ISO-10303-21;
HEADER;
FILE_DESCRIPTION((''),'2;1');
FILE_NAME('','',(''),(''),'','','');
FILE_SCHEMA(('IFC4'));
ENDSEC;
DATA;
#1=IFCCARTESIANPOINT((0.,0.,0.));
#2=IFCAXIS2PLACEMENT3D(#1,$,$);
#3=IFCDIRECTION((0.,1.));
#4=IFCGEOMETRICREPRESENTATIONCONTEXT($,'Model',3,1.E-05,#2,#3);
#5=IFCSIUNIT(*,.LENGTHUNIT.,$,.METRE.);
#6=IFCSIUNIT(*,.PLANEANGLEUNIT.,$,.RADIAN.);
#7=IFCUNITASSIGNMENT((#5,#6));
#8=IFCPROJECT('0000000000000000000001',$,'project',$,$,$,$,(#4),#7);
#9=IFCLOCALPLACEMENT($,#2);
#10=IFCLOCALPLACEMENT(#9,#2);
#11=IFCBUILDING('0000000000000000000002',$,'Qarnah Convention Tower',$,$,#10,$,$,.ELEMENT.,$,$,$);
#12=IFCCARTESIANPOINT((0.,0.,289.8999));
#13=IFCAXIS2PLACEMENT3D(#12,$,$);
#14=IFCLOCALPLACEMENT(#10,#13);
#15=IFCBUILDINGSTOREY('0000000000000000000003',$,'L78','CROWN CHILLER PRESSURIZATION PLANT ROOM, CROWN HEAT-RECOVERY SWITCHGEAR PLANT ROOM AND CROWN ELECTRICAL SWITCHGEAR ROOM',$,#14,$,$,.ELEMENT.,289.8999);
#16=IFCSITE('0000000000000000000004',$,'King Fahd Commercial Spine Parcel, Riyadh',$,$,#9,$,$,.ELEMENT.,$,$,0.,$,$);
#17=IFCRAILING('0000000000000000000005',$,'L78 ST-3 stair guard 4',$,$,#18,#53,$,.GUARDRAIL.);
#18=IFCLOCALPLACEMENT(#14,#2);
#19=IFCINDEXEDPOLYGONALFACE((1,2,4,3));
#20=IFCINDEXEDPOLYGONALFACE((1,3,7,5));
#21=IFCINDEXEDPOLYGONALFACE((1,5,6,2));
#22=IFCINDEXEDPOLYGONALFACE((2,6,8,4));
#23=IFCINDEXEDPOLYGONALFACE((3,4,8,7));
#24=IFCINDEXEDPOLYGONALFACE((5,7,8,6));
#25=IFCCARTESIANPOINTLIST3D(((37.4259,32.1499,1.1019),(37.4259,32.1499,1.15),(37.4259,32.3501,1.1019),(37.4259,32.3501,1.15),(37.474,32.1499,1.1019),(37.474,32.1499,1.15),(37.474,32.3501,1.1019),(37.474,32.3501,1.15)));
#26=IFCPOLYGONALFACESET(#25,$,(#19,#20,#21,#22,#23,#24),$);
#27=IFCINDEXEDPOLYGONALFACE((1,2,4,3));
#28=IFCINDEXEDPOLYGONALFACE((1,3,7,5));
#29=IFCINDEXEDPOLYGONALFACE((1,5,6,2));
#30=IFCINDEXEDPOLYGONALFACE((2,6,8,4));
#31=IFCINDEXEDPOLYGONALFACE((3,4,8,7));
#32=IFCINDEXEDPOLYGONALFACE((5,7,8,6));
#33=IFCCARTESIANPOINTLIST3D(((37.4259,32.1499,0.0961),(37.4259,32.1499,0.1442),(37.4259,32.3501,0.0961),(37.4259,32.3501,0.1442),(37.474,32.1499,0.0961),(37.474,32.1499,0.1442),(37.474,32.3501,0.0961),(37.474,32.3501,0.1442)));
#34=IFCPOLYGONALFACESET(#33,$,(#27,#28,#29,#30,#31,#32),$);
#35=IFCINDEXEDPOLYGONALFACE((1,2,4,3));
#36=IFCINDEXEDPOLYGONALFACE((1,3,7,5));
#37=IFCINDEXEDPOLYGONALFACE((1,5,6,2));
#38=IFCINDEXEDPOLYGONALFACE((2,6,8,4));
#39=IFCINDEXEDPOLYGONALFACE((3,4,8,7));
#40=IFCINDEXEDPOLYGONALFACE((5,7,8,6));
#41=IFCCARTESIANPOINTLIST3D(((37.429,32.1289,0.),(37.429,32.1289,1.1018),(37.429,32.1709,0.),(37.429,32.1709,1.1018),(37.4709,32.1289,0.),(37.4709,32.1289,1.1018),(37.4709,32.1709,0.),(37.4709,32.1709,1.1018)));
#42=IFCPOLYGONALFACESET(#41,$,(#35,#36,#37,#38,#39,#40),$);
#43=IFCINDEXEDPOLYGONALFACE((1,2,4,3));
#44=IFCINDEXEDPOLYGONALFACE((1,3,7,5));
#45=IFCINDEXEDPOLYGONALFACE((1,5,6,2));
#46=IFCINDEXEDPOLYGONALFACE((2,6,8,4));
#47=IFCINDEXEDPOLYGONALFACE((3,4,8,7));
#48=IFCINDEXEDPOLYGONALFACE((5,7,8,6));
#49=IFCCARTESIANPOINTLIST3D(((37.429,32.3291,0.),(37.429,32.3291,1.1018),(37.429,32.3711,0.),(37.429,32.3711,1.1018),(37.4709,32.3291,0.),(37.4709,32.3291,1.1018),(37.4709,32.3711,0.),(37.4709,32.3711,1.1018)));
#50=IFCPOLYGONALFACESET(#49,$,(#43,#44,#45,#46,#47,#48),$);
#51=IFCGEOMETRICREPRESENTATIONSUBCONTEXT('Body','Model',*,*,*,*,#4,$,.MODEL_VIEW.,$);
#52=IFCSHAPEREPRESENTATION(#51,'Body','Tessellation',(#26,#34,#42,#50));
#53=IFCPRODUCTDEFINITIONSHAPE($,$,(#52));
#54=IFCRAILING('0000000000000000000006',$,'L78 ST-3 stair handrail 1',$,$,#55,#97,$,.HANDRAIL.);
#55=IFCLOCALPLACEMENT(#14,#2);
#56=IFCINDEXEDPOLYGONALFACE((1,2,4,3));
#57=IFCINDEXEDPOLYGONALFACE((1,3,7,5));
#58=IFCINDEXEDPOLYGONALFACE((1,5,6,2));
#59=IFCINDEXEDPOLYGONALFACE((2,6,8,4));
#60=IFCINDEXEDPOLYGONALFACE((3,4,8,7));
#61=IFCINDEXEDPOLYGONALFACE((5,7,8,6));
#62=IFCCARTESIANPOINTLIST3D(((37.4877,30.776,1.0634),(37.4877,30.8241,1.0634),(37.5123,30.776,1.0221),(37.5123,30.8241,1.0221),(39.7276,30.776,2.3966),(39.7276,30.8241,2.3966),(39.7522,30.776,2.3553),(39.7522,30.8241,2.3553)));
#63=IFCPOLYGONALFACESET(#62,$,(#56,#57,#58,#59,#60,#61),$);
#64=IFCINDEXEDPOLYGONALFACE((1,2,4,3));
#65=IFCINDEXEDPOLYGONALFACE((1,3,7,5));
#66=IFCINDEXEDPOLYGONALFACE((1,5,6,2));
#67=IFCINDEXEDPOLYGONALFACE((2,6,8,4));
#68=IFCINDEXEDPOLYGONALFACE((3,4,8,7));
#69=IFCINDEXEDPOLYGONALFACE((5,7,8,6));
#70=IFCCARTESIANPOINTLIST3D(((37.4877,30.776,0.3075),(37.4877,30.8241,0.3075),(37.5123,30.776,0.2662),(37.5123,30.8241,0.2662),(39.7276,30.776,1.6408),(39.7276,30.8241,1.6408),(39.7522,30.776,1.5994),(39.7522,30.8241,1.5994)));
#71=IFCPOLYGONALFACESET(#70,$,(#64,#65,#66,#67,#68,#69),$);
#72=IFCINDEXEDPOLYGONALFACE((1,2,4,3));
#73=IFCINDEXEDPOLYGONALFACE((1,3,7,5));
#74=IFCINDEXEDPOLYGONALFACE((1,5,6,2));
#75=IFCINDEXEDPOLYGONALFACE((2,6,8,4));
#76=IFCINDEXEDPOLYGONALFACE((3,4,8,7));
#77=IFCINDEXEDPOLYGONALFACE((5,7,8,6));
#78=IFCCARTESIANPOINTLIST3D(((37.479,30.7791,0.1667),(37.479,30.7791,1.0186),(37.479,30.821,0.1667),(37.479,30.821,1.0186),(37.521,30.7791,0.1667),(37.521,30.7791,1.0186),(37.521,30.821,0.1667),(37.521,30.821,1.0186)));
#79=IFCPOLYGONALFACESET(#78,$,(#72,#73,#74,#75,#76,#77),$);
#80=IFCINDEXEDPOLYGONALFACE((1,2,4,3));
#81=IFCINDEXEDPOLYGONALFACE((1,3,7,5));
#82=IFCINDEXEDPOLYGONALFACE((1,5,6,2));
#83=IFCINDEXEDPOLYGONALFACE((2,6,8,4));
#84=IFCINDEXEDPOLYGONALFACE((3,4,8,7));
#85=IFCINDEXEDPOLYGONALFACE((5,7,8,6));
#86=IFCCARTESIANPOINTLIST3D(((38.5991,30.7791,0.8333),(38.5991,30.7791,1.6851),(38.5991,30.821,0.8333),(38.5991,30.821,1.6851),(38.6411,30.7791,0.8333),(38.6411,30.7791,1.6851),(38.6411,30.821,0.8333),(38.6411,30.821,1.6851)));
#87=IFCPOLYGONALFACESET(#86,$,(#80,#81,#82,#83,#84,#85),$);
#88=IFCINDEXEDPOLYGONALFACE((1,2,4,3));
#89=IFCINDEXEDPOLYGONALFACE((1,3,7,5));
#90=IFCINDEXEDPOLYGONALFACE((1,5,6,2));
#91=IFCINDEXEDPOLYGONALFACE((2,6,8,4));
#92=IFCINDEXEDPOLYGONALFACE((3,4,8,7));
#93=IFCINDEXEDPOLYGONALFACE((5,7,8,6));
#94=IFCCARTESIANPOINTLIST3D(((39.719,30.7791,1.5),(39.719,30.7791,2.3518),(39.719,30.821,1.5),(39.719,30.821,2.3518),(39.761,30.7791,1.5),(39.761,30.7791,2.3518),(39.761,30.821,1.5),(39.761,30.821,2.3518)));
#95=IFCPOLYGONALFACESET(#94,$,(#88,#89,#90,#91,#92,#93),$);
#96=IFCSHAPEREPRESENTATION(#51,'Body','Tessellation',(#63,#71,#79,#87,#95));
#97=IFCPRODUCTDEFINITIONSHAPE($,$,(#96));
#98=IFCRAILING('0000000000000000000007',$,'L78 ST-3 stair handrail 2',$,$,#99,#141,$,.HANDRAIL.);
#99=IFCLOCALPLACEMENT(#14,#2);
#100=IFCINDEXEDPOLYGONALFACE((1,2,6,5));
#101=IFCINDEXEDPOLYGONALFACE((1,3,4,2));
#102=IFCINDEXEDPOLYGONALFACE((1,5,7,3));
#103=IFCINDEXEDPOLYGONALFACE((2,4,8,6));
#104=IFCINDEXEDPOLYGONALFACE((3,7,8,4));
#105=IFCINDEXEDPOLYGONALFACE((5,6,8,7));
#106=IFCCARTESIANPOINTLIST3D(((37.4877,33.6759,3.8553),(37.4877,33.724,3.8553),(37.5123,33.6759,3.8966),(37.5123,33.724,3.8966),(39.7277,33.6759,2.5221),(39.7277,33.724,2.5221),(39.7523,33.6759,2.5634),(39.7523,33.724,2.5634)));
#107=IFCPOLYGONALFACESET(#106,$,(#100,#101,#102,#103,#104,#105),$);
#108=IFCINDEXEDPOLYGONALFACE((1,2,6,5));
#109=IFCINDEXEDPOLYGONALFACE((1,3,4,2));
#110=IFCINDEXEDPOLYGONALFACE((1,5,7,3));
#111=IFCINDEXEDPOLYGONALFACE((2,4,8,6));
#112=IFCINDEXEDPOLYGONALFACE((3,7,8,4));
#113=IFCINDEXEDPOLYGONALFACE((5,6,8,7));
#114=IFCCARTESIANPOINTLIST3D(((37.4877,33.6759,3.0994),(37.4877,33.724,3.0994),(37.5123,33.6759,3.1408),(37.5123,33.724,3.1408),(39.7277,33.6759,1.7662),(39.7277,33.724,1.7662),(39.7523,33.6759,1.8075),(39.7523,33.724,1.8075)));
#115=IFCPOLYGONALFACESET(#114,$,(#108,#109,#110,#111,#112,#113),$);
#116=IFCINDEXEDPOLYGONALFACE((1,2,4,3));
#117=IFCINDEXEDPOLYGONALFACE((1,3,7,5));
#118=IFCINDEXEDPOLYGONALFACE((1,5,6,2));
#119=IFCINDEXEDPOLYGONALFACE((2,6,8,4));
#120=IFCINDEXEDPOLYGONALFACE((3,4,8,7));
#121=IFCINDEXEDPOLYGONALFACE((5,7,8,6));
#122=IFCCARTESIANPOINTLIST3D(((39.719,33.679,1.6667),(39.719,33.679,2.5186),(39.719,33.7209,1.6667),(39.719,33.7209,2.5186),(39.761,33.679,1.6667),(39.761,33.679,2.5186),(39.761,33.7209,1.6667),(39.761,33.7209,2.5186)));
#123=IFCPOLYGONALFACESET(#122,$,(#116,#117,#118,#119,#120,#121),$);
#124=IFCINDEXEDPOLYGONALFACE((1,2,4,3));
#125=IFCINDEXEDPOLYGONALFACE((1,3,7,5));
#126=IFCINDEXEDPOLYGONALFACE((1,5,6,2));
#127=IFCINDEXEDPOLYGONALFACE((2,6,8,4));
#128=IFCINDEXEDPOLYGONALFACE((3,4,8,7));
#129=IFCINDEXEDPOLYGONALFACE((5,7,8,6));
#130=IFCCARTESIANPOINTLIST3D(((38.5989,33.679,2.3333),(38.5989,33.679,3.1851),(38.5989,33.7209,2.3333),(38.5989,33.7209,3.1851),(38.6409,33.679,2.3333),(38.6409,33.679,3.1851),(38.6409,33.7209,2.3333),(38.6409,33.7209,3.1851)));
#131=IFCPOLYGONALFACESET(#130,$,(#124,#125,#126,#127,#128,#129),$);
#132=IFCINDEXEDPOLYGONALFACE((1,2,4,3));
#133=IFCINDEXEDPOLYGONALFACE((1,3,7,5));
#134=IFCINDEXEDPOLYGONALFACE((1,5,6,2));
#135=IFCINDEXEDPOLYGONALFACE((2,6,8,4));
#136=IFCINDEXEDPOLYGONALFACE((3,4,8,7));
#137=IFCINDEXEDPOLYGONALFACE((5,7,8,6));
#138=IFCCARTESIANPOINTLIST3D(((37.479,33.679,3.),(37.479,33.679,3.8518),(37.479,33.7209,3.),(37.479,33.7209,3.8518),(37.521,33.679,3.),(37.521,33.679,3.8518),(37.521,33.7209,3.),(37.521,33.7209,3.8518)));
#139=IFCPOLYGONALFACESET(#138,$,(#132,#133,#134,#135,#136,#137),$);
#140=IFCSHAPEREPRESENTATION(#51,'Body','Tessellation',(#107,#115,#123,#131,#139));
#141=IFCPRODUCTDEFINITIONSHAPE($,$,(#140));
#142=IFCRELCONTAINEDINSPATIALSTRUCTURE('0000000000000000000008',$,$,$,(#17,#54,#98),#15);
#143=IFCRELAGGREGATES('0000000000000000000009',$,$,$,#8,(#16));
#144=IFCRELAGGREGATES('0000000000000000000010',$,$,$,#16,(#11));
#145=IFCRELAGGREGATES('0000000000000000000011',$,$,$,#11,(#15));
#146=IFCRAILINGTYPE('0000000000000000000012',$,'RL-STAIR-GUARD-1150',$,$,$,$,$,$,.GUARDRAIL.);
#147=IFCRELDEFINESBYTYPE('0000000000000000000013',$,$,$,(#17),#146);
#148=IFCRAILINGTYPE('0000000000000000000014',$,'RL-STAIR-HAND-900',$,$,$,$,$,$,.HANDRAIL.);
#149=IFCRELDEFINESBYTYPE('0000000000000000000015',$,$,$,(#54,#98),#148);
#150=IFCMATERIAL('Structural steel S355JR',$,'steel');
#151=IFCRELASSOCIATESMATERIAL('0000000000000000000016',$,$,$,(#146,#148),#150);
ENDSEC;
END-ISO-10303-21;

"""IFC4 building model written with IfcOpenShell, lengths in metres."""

from ifc_helpers import new_model, si_unit, direction, frame, origin, origin_2d, place, context, subcontext, project, spatial, rectangle, extrude, material, type_object, element, save


model = new_model("IFC4")

# Units and contexts
model_context = context("Model", 3, precision=1e-05, world=origin(), true_north=direction((0.0, 1.0)))
body_context = subcontext(model_context, "Body", "Model", "MODEL_VIEW")
ifc_project = project(units=[si_unit("LENGTHUNIT", "METRE"), si_unit("PLANEANGLEUNIT", "RADIAN")], contexts=[model_context])

# Site, building, storey
site_placement = place(None, origin())
site = spatial("IfcSite", under=ifc_project, at=site_placement, Name="King Fahd Commercial Spine Parcel, Riyadh", CompositionType="ELEMENT", RefElevation=0.0)
building_placement = place(site_placement, origin())
building = spatial("IfcBuilding", under=site, at=building_placement, Name="Qarnah Convention Tower", CompositionType="ELEMENT")
storey_placement = place(building_placement, frame((0.0, 0.0, 289.8999)))
storey = spatial("IfcBuildingStorey", under=building, at=storey_placement, Name="L78", Description="CROWN CHILLER PRESSURIZATION PLANT ROOM, CROWN HEAT-RECOVERY SWITCHGEAR PLANT ROOM AND CROWN ELECTRICAL SWITCHGEAR ROOM", CompositionType="ELEMENT", Elevation=289.8999)

# Shared definitions
ifc_material_1 = material(Name="Structural steel S355JR", Category="steel")

# Railings
railing_type_1 = type_object("IfcRailingType", Name="RL-STAIR-GUARD-1150", PredefinedType="GUARDRAIL", material=ifc_material_1)
railing_1_placement = place(storey_placement, frame((37.45, 32.1499, 0.0)))
element("IfcRailing", 1, at=railing_1_placement, inside=storey, type_object=railing_type_1, Name="L78 ST-3 stair guard 4", PredefinedType="GUARDRAIL", context=body_context, shape_type="SweptSolid", body=[
    extrude(rectangle(XDim=0.0481, YDim=0.0481, at=origin_2d()), frame((0.0, 0.0, 1.126), z_axis=(0.0, 1.0, 0.0), x_axis=(-1.0, 0.0, 0.0)), (0.0, 0.0, 1.0), 0.2002),
    extrude(rectangle(XDim=0.0481, YDim=0.0481, at=origin_2d()), frame((0.0, 0.0, 0.1201), z_axis=(0.0, 1.0, 0.0), x_axis=(-1.0, 0.0, 0.0)), (0.0, 0.0, 1.0), 0.2002),
    extrude(rectangle(XDim=0.042, YDim=0.042, at=origin_2d()), origin(), (0.0, 0.0, 1.0), 1.1018),
    extrude(rectangle(XDim=0.042, YDim=0.042, at=origin_2d()), frame((0.0, 0.2002, 0.0)), (0.0, 0.0, 1.0), 1.1018),
])
railing_type_2 = type_object("IfcRailingType", Name="RL-STAIR-HAND-900", PredefinedType="HANDRAIL", material=ifc_material_1)
railing_2_placement = place(storey_placement, frame((37.5, 30.8, 0.1667)))
element("IfcRailing", 2, at=railing_2_placement, inside=storey, type_object=railing_type_2, Name="L78 ST-3 stair handrail 1", PredefinedType="HANDRAIL", context=body_context, shape_type="SweptSolid", body=[
    extrude(rectangle(XDim=0.0481, YDim=0.0481, at=origin_2d()), frame((0.0, 0.0, 0.876), z_axis=(0.859306, 0.0, 0.511462), x_axis=(0.0, 1.0, 0.0)), (0.0, 0.0, 1.0), 2.6067),
    extrude(rectangle(XDim=0.0481, YDim=0.0481, at=origin_2d()), frame((0.0, 0.0, 0.1201), z_axis=(0.859306, 0.0, 0.511462), x_axis=(0.0, 1.0, 0.0)), (0.0, 0.0, 1.0), 2.6067),
    extrude(rectangle(XDim=0.042, YDim=0.042, at=origin_2d()), origin(), (0.0, 0.0, 1.0), 0.8518),
    extrude(rectangle(XDim=0.042, YDim=0.042, at=origin_2d()), frame((1.1201, 0.0, 0.6665)), (0.0, 0.0, 1.0), 0.8518),
    extrude(rectangle(XDim=0.042, YDim=0.042, at=origin_2d()), frame((2.24, 0.0, 1.3333)), (0.0, 0.0, 1.0), 0.8518),
])
railing_3_placement = place(storey_placement, frame((39.74, 33.7, 1.6667)))
element("IfcRailing", 3, at=railing_3_placement, inside=storey, type_object=railing_type_2, Name="L78 ST-3 stair handrail 2", PredefinedType="HANDRAIL", context=body_context, shape_type="SweptSolid", body=[
    extrude(rectangle(XDim=0.0481, YDim=0.0481, at=origin_2d()), frame((0.0, 0.0, 0.876), z_axis=(-0.859306, 0.0, 0.511462), x_axis=(0.0, -1.0, 0.0)), (0.0, 0.0, 1.0), 2.6067),
    extrude(rectangle(XDim=0.0481, YDim=0.0481, at=origin_2d()), frame((0.0, 0.0, 0.1201), z_axis=(-0.859306, 0.0, 0.511462), x_axis=(0.0, -1.0, 0.0)), (0.0, 0.0, 1.0), 2.6067),
    extrude(rectangle(XDim=0.042, YDim=0.042, at=origin_2d()), origin(), (0.0, 0.0, 1.0), 0.8518),
    extrude(rectangle(XDim=0.042, YDim=0.042, at=origin_2d()), frame((-1.1201, 0.0, 0.6665)), (0.0, 0.0, 1.0), 0.8518),
    extrude(rectangle(XDim=0.042, YDim=0.042, at=origin_2d()), frame((-2.24, 0.0, 1.3333)), (0.0, 0.0, 1.0), 0.8518),
])

save(model, "model.ifc")
